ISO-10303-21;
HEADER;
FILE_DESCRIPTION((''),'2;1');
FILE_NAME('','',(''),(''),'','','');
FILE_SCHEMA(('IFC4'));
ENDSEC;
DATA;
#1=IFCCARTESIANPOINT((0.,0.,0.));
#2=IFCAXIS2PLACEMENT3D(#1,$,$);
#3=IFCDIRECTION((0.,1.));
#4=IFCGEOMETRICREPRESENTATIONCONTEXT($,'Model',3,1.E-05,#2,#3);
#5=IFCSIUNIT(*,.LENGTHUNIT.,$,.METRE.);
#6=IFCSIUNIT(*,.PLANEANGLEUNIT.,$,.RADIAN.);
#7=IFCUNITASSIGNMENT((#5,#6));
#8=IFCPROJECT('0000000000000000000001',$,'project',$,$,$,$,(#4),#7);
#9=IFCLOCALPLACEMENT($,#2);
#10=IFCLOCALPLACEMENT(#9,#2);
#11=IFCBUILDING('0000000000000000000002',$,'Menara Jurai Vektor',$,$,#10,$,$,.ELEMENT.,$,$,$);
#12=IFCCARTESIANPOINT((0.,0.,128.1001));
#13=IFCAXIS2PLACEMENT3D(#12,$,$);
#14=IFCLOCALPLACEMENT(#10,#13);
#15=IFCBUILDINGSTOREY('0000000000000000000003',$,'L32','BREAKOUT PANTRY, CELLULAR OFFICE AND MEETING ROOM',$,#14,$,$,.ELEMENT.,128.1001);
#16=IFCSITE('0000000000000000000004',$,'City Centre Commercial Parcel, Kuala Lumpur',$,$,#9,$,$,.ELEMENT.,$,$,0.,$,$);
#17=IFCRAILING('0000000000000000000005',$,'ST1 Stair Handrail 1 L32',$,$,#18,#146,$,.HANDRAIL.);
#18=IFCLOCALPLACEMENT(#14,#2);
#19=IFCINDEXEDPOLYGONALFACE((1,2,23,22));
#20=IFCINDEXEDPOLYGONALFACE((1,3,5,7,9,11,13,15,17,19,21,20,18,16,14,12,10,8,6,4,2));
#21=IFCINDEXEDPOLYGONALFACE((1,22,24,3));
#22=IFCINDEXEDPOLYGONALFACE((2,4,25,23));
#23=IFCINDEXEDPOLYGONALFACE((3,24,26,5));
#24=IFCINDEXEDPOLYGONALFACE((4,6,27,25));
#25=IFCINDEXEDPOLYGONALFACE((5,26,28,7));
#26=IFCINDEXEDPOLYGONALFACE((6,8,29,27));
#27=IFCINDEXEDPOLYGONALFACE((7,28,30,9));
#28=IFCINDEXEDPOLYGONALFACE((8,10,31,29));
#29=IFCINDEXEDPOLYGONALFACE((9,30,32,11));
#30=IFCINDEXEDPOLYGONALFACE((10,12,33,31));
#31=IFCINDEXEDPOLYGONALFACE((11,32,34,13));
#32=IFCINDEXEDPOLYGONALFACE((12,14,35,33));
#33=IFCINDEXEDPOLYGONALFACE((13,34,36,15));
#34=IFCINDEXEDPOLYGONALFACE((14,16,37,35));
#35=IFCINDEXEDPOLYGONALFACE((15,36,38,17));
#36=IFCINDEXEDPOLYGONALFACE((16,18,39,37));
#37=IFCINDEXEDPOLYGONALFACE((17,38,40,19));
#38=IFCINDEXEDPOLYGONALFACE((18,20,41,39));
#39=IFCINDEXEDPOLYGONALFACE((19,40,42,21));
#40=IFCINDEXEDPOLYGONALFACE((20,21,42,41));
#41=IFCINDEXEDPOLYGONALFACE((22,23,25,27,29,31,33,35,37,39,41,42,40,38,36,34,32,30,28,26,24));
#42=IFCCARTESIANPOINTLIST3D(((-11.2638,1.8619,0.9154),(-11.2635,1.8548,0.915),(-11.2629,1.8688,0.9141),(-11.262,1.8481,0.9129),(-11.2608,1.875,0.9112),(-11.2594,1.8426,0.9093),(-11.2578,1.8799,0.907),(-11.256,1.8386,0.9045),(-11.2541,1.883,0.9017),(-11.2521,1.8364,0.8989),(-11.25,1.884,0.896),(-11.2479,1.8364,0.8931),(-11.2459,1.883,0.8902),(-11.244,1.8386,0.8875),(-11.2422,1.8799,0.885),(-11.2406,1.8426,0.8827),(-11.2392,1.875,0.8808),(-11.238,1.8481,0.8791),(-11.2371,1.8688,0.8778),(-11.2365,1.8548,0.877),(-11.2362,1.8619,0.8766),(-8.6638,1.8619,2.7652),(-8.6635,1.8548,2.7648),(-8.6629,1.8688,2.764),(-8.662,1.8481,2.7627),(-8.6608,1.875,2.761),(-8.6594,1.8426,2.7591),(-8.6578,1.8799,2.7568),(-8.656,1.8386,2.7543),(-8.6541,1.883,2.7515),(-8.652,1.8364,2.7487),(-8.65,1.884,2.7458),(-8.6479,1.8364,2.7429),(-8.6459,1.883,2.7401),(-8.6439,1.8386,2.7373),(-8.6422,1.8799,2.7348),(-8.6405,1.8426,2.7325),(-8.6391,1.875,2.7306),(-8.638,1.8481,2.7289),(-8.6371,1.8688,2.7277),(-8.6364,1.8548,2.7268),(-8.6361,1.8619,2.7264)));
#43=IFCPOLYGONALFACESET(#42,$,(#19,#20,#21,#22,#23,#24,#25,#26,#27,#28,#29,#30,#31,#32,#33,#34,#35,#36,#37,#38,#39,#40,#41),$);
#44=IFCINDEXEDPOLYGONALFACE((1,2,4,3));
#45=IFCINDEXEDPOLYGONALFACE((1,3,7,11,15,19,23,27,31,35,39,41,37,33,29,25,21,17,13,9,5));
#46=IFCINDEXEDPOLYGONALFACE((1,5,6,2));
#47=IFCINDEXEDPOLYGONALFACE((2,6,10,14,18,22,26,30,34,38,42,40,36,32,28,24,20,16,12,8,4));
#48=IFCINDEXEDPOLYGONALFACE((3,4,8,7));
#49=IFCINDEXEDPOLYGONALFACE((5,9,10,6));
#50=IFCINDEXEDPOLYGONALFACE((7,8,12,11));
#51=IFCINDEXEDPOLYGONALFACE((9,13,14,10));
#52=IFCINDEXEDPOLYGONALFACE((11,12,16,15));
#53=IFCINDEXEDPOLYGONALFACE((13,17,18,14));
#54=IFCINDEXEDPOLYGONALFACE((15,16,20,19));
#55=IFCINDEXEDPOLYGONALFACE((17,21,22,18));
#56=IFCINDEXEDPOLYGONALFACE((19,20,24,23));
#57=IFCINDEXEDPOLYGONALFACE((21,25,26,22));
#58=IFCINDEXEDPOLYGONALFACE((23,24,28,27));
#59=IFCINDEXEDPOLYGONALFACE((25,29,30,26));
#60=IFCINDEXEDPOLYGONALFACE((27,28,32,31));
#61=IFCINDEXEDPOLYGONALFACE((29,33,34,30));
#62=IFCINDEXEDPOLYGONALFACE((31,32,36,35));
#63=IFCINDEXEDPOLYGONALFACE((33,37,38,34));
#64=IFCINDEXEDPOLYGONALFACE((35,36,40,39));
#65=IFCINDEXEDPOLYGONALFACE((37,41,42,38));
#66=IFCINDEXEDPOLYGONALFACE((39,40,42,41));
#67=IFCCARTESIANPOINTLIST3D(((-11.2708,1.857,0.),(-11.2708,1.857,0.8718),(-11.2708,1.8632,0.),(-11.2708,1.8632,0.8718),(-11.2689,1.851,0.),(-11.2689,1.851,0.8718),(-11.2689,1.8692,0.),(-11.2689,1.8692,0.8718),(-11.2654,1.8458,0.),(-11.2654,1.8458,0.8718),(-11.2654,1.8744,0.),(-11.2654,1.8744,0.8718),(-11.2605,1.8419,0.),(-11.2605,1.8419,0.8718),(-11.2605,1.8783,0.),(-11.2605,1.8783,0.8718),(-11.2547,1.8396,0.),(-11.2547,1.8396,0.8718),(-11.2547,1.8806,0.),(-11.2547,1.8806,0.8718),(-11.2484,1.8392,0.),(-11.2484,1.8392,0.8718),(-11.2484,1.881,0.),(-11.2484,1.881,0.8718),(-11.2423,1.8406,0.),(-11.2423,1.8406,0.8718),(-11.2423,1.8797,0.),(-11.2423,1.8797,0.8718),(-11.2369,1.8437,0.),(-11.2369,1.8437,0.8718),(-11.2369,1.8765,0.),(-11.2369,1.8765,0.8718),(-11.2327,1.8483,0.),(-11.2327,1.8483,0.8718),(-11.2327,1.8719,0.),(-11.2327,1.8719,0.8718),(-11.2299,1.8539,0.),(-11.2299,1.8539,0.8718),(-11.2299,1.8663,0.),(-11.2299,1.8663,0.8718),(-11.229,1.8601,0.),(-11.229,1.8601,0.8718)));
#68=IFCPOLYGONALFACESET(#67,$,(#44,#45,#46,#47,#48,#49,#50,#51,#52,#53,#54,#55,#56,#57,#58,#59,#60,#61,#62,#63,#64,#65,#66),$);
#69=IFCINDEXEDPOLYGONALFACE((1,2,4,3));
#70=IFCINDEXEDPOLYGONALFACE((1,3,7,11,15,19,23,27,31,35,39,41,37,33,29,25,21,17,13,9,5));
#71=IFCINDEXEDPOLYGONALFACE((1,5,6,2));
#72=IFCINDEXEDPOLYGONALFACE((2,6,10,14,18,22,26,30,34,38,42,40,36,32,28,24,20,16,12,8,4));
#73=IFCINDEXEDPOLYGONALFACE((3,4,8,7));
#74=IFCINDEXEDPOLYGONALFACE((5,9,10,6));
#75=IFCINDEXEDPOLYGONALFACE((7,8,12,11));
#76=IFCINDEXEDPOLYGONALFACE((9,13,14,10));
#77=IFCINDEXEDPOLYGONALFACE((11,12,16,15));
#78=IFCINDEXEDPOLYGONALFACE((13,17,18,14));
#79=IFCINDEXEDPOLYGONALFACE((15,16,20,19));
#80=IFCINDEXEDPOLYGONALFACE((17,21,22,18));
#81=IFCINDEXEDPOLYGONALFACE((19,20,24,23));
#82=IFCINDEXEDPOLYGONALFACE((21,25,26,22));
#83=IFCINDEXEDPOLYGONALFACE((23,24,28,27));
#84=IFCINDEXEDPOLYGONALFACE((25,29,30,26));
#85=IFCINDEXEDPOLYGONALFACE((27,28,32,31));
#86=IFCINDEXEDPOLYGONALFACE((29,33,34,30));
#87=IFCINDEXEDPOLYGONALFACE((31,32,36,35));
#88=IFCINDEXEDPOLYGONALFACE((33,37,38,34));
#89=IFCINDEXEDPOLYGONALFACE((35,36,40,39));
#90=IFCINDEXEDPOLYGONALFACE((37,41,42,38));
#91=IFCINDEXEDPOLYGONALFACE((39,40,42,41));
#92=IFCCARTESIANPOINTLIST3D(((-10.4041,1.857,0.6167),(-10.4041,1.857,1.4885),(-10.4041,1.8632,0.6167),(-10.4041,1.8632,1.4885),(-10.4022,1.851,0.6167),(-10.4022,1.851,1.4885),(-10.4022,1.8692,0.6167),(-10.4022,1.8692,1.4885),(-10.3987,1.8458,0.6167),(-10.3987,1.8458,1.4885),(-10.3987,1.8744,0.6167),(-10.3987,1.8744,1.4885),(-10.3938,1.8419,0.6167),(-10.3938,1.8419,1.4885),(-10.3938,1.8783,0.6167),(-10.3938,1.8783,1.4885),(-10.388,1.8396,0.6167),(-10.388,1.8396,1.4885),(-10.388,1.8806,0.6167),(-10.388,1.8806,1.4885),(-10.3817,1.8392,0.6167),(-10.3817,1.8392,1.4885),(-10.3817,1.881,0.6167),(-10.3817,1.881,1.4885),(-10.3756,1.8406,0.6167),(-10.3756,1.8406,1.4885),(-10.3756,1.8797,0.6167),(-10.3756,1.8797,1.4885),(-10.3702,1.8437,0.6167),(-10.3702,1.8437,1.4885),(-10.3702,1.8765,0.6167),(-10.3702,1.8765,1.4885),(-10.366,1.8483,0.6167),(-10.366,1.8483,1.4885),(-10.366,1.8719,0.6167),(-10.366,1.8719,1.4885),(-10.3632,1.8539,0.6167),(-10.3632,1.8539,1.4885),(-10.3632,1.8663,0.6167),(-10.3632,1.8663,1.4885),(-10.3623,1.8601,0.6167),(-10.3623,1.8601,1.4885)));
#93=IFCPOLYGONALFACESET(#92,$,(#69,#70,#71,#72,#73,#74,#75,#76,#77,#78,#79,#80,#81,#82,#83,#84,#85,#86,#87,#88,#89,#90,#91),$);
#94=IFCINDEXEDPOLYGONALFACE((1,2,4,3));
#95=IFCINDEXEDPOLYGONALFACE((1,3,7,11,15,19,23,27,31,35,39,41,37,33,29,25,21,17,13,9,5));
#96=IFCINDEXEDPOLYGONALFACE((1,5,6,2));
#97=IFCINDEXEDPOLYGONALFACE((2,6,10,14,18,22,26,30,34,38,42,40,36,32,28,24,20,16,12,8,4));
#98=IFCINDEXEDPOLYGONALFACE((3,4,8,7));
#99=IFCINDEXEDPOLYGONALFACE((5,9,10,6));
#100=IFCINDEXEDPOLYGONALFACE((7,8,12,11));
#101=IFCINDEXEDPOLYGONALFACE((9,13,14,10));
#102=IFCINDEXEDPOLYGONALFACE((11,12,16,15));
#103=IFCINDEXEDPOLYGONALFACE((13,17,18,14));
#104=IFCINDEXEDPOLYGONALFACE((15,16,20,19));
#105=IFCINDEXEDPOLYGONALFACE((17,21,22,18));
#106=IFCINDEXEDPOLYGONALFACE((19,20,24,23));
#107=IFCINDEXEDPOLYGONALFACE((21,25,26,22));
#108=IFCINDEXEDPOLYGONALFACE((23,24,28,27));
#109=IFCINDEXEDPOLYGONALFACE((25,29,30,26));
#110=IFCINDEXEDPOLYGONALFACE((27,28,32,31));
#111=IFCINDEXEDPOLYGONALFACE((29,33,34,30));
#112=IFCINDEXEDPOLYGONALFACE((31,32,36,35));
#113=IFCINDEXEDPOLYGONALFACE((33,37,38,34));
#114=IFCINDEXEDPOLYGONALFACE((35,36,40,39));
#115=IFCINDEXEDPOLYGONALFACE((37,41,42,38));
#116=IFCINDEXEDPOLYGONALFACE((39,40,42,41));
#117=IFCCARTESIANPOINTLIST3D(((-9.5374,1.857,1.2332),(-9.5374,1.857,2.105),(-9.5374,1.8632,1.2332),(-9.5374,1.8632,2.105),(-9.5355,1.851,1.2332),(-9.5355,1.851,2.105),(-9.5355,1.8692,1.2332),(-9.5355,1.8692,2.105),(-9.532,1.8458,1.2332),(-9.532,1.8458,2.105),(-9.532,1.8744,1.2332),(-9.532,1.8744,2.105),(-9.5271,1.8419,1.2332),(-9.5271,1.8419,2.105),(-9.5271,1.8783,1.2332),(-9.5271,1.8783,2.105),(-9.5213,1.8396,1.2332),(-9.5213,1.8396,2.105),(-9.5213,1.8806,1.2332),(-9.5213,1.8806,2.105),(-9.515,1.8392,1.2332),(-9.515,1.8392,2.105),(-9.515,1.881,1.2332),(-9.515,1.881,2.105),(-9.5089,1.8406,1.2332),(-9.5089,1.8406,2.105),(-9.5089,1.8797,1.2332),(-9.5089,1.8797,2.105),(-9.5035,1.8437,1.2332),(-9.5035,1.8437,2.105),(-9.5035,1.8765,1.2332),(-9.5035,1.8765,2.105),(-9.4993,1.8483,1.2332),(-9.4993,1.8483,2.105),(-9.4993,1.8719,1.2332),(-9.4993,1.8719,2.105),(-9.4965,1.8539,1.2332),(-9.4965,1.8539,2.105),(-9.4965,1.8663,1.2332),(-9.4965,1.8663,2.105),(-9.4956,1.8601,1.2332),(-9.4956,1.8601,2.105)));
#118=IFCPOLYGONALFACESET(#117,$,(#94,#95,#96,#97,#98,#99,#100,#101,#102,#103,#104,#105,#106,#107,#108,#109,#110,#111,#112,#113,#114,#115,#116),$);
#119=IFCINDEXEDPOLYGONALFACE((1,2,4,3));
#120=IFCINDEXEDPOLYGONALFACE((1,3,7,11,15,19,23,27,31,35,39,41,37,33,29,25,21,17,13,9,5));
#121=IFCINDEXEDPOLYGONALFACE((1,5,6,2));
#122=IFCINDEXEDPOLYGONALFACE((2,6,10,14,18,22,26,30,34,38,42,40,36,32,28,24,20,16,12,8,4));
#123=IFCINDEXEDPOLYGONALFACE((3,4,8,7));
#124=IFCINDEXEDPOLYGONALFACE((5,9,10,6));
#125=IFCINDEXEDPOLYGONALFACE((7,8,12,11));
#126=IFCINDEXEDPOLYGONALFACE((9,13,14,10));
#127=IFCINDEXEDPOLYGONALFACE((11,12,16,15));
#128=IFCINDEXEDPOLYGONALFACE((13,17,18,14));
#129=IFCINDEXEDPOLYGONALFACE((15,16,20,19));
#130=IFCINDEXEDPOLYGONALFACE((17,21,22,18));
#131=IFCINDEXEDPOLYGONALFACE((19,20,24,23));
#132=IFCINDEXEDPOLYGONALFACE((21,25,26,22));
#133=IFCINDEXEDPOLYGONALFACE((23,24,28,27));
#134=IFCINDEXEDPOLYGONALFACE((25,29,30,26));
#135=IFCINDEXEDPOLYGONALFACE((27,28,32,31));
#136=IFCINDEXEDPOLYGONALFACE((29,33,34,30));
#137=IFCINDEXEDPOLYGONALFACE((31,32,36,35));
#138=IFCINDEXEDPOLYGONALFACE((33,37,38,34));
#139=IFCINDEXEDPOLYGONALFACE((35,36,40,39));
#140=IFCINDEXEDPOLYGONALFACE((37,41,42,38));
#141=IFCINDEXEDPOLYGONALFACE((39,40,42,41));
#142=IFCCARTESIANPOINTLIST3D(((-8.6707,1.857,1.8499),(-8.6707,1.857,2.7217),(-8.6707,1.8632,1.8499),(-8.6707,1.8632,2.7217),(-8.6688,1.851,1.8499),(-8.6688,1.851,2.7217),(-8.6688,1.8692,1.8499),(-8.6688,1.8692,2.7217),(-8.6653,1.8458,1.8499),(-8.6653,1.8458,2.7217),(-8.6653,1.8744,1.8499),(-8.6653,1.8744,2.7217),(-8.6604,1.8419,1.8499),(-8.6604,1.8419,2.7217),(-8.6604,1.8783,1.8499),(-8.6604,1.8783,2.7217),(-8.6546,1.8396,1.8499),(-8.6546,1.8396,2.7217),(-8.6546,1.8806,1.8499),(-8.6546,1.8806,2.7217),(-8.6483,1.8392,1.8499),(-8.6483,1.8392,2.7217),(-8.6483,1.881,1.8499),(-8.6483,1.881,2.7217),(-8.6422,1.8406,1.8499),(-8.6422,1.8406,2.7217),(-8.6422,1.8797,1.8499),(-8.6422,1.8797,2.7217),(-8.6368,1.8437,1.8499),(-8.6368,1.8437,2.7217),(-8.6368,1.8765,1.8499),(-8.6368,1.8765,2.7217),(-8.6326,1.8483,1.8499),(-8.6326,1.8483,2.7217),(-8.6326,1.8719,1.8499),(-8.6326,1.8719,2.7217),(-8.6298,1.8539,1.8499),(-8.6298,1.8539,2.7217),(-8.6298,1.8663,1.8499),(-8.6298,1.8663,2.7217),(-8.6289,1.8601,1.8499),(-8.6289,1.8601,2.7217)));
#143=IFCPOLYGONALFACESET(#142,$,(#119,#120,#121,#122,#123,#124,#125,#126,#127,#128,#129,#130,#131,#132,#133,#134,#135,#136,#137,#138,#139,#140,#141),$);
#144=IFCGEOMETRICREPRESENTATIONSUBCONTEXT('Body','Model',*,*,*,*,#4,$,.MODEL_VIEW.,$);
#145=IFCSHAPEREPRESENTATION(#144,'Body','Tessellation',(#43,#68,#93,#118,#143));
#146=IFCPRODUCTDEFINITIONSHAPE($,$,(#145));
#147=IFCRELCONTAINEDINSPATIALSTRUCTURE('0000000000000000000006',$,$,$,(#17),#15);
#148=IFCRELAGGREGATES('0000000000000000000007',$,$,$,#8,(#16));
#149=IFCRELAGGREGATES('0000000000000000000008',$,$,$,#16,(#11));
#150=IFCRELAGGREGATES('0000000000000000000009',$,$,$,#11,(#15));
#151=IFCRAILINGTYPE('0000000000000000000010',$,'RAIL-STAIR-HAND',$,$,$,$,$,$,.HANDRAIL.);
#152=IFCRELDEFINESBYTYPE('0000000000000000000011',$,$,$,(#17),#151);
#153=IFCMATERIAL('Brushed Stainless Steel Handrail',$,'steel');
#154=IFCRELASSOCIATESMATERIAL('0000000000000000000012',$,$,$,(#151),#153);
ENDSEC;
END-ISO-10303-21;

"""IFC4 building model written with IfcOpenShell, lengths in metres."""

from ifc_helpers import new_model, si_unit, direction, frame, origin, origin_2d, place, context, subcontext, project, spatial, circle, extrude, material, type_object, element, save


model = new_model("IFC4")

# Units and contexts
model_context = context("Model", 3, precision=1e-05, world=origin(), true_north=direction((0.0, 1.0)))
body_context = subcontext(model_context, "Body", "Model", "MODEL_VIEW")
ifc_project = project(units=[si_unit("LENGTHUNIT", "METRE"), si_unit("PLANEANGLEUNIT", "RADIAN")], contexts=[model_context])

# Site, building, storey
site_placement = place(None, origin())
site = spatial("IfcSite", under=ifc_project, at=site_placement, Name="City Centre Commercial Parcel, Kuala Lumpur", CompositionType="ELEMENT", RefElevation=0.0)
building_placement = place(site_placement, origin())
building = spatial("IfcBuilding", under=site, at=building_placement, Name="Menara Jurai Vektor", CompositionType="ELEMENT")
storey_placement = place(building_placement, frame((0.0, 0.0, 128.1001)))
storey = spatial("IfcBuildingStorey", under=building, at=storey_placement, Name="L32", Description="BREAKOUT PANTRY, CELLULAR OFFICE AND MEETING ROOM", CompositionType="ELEMENT", Elevation=128.1001)

# Railing
ifc_material_1 = material(Name="Brushed Stainless Steel Handrail", Category="steel")
railing_type_1 = type_object("IfcRailingType", Name="RAIL-STAIR-HAND", PredefinedType="HANDRAIL", material=ifc_material_1)
railing_1_placement = place(storey_placement, frame((-11.25, 1.8601, 0.0)))
element("IfcRailing", 1, at=railing_1_placement, inside=storey, type_object=railing_type_1, Name="ST1 Stair Handrail 1 L32", PredefinedType="HANDRAIL", context=body_context, shape_type="SweptSolid", body=[
    extrude(circle(Radius=0.0239, at=origin_2d()), frame((0.0, 0.0, 0.896), z_axis=(0.814823, 0.0, 0.57971), x_axis=(0.0, 1.0, 0.0)), (0.0, 0.0, 1.0), 3.1909),
    extrude(circle(Radius=0.021, at=origin_2d()), origin(), (0.0, 0.0, 1.0), 0.8718),
    extrude(circle(Radius=0.021, at=origin_2d()), frame((0.8667, 0.0, 0.6167)), (0.0, 0.0, 1.0), 0.8718),
    extrude(circle(Radius=0.021, at=origin_2d()), frame((1.7334, 0.0, 1.2332)), (0.0, 0.0, 1.0), 0.8718),
    extrude(circle(Radius=0.021, at=origin_2d()), frame((2.6001, 0.0, 1.8499)), (0.0, 0.0, 1.0), 0.8718),
])

save(model, "model.ifc")
